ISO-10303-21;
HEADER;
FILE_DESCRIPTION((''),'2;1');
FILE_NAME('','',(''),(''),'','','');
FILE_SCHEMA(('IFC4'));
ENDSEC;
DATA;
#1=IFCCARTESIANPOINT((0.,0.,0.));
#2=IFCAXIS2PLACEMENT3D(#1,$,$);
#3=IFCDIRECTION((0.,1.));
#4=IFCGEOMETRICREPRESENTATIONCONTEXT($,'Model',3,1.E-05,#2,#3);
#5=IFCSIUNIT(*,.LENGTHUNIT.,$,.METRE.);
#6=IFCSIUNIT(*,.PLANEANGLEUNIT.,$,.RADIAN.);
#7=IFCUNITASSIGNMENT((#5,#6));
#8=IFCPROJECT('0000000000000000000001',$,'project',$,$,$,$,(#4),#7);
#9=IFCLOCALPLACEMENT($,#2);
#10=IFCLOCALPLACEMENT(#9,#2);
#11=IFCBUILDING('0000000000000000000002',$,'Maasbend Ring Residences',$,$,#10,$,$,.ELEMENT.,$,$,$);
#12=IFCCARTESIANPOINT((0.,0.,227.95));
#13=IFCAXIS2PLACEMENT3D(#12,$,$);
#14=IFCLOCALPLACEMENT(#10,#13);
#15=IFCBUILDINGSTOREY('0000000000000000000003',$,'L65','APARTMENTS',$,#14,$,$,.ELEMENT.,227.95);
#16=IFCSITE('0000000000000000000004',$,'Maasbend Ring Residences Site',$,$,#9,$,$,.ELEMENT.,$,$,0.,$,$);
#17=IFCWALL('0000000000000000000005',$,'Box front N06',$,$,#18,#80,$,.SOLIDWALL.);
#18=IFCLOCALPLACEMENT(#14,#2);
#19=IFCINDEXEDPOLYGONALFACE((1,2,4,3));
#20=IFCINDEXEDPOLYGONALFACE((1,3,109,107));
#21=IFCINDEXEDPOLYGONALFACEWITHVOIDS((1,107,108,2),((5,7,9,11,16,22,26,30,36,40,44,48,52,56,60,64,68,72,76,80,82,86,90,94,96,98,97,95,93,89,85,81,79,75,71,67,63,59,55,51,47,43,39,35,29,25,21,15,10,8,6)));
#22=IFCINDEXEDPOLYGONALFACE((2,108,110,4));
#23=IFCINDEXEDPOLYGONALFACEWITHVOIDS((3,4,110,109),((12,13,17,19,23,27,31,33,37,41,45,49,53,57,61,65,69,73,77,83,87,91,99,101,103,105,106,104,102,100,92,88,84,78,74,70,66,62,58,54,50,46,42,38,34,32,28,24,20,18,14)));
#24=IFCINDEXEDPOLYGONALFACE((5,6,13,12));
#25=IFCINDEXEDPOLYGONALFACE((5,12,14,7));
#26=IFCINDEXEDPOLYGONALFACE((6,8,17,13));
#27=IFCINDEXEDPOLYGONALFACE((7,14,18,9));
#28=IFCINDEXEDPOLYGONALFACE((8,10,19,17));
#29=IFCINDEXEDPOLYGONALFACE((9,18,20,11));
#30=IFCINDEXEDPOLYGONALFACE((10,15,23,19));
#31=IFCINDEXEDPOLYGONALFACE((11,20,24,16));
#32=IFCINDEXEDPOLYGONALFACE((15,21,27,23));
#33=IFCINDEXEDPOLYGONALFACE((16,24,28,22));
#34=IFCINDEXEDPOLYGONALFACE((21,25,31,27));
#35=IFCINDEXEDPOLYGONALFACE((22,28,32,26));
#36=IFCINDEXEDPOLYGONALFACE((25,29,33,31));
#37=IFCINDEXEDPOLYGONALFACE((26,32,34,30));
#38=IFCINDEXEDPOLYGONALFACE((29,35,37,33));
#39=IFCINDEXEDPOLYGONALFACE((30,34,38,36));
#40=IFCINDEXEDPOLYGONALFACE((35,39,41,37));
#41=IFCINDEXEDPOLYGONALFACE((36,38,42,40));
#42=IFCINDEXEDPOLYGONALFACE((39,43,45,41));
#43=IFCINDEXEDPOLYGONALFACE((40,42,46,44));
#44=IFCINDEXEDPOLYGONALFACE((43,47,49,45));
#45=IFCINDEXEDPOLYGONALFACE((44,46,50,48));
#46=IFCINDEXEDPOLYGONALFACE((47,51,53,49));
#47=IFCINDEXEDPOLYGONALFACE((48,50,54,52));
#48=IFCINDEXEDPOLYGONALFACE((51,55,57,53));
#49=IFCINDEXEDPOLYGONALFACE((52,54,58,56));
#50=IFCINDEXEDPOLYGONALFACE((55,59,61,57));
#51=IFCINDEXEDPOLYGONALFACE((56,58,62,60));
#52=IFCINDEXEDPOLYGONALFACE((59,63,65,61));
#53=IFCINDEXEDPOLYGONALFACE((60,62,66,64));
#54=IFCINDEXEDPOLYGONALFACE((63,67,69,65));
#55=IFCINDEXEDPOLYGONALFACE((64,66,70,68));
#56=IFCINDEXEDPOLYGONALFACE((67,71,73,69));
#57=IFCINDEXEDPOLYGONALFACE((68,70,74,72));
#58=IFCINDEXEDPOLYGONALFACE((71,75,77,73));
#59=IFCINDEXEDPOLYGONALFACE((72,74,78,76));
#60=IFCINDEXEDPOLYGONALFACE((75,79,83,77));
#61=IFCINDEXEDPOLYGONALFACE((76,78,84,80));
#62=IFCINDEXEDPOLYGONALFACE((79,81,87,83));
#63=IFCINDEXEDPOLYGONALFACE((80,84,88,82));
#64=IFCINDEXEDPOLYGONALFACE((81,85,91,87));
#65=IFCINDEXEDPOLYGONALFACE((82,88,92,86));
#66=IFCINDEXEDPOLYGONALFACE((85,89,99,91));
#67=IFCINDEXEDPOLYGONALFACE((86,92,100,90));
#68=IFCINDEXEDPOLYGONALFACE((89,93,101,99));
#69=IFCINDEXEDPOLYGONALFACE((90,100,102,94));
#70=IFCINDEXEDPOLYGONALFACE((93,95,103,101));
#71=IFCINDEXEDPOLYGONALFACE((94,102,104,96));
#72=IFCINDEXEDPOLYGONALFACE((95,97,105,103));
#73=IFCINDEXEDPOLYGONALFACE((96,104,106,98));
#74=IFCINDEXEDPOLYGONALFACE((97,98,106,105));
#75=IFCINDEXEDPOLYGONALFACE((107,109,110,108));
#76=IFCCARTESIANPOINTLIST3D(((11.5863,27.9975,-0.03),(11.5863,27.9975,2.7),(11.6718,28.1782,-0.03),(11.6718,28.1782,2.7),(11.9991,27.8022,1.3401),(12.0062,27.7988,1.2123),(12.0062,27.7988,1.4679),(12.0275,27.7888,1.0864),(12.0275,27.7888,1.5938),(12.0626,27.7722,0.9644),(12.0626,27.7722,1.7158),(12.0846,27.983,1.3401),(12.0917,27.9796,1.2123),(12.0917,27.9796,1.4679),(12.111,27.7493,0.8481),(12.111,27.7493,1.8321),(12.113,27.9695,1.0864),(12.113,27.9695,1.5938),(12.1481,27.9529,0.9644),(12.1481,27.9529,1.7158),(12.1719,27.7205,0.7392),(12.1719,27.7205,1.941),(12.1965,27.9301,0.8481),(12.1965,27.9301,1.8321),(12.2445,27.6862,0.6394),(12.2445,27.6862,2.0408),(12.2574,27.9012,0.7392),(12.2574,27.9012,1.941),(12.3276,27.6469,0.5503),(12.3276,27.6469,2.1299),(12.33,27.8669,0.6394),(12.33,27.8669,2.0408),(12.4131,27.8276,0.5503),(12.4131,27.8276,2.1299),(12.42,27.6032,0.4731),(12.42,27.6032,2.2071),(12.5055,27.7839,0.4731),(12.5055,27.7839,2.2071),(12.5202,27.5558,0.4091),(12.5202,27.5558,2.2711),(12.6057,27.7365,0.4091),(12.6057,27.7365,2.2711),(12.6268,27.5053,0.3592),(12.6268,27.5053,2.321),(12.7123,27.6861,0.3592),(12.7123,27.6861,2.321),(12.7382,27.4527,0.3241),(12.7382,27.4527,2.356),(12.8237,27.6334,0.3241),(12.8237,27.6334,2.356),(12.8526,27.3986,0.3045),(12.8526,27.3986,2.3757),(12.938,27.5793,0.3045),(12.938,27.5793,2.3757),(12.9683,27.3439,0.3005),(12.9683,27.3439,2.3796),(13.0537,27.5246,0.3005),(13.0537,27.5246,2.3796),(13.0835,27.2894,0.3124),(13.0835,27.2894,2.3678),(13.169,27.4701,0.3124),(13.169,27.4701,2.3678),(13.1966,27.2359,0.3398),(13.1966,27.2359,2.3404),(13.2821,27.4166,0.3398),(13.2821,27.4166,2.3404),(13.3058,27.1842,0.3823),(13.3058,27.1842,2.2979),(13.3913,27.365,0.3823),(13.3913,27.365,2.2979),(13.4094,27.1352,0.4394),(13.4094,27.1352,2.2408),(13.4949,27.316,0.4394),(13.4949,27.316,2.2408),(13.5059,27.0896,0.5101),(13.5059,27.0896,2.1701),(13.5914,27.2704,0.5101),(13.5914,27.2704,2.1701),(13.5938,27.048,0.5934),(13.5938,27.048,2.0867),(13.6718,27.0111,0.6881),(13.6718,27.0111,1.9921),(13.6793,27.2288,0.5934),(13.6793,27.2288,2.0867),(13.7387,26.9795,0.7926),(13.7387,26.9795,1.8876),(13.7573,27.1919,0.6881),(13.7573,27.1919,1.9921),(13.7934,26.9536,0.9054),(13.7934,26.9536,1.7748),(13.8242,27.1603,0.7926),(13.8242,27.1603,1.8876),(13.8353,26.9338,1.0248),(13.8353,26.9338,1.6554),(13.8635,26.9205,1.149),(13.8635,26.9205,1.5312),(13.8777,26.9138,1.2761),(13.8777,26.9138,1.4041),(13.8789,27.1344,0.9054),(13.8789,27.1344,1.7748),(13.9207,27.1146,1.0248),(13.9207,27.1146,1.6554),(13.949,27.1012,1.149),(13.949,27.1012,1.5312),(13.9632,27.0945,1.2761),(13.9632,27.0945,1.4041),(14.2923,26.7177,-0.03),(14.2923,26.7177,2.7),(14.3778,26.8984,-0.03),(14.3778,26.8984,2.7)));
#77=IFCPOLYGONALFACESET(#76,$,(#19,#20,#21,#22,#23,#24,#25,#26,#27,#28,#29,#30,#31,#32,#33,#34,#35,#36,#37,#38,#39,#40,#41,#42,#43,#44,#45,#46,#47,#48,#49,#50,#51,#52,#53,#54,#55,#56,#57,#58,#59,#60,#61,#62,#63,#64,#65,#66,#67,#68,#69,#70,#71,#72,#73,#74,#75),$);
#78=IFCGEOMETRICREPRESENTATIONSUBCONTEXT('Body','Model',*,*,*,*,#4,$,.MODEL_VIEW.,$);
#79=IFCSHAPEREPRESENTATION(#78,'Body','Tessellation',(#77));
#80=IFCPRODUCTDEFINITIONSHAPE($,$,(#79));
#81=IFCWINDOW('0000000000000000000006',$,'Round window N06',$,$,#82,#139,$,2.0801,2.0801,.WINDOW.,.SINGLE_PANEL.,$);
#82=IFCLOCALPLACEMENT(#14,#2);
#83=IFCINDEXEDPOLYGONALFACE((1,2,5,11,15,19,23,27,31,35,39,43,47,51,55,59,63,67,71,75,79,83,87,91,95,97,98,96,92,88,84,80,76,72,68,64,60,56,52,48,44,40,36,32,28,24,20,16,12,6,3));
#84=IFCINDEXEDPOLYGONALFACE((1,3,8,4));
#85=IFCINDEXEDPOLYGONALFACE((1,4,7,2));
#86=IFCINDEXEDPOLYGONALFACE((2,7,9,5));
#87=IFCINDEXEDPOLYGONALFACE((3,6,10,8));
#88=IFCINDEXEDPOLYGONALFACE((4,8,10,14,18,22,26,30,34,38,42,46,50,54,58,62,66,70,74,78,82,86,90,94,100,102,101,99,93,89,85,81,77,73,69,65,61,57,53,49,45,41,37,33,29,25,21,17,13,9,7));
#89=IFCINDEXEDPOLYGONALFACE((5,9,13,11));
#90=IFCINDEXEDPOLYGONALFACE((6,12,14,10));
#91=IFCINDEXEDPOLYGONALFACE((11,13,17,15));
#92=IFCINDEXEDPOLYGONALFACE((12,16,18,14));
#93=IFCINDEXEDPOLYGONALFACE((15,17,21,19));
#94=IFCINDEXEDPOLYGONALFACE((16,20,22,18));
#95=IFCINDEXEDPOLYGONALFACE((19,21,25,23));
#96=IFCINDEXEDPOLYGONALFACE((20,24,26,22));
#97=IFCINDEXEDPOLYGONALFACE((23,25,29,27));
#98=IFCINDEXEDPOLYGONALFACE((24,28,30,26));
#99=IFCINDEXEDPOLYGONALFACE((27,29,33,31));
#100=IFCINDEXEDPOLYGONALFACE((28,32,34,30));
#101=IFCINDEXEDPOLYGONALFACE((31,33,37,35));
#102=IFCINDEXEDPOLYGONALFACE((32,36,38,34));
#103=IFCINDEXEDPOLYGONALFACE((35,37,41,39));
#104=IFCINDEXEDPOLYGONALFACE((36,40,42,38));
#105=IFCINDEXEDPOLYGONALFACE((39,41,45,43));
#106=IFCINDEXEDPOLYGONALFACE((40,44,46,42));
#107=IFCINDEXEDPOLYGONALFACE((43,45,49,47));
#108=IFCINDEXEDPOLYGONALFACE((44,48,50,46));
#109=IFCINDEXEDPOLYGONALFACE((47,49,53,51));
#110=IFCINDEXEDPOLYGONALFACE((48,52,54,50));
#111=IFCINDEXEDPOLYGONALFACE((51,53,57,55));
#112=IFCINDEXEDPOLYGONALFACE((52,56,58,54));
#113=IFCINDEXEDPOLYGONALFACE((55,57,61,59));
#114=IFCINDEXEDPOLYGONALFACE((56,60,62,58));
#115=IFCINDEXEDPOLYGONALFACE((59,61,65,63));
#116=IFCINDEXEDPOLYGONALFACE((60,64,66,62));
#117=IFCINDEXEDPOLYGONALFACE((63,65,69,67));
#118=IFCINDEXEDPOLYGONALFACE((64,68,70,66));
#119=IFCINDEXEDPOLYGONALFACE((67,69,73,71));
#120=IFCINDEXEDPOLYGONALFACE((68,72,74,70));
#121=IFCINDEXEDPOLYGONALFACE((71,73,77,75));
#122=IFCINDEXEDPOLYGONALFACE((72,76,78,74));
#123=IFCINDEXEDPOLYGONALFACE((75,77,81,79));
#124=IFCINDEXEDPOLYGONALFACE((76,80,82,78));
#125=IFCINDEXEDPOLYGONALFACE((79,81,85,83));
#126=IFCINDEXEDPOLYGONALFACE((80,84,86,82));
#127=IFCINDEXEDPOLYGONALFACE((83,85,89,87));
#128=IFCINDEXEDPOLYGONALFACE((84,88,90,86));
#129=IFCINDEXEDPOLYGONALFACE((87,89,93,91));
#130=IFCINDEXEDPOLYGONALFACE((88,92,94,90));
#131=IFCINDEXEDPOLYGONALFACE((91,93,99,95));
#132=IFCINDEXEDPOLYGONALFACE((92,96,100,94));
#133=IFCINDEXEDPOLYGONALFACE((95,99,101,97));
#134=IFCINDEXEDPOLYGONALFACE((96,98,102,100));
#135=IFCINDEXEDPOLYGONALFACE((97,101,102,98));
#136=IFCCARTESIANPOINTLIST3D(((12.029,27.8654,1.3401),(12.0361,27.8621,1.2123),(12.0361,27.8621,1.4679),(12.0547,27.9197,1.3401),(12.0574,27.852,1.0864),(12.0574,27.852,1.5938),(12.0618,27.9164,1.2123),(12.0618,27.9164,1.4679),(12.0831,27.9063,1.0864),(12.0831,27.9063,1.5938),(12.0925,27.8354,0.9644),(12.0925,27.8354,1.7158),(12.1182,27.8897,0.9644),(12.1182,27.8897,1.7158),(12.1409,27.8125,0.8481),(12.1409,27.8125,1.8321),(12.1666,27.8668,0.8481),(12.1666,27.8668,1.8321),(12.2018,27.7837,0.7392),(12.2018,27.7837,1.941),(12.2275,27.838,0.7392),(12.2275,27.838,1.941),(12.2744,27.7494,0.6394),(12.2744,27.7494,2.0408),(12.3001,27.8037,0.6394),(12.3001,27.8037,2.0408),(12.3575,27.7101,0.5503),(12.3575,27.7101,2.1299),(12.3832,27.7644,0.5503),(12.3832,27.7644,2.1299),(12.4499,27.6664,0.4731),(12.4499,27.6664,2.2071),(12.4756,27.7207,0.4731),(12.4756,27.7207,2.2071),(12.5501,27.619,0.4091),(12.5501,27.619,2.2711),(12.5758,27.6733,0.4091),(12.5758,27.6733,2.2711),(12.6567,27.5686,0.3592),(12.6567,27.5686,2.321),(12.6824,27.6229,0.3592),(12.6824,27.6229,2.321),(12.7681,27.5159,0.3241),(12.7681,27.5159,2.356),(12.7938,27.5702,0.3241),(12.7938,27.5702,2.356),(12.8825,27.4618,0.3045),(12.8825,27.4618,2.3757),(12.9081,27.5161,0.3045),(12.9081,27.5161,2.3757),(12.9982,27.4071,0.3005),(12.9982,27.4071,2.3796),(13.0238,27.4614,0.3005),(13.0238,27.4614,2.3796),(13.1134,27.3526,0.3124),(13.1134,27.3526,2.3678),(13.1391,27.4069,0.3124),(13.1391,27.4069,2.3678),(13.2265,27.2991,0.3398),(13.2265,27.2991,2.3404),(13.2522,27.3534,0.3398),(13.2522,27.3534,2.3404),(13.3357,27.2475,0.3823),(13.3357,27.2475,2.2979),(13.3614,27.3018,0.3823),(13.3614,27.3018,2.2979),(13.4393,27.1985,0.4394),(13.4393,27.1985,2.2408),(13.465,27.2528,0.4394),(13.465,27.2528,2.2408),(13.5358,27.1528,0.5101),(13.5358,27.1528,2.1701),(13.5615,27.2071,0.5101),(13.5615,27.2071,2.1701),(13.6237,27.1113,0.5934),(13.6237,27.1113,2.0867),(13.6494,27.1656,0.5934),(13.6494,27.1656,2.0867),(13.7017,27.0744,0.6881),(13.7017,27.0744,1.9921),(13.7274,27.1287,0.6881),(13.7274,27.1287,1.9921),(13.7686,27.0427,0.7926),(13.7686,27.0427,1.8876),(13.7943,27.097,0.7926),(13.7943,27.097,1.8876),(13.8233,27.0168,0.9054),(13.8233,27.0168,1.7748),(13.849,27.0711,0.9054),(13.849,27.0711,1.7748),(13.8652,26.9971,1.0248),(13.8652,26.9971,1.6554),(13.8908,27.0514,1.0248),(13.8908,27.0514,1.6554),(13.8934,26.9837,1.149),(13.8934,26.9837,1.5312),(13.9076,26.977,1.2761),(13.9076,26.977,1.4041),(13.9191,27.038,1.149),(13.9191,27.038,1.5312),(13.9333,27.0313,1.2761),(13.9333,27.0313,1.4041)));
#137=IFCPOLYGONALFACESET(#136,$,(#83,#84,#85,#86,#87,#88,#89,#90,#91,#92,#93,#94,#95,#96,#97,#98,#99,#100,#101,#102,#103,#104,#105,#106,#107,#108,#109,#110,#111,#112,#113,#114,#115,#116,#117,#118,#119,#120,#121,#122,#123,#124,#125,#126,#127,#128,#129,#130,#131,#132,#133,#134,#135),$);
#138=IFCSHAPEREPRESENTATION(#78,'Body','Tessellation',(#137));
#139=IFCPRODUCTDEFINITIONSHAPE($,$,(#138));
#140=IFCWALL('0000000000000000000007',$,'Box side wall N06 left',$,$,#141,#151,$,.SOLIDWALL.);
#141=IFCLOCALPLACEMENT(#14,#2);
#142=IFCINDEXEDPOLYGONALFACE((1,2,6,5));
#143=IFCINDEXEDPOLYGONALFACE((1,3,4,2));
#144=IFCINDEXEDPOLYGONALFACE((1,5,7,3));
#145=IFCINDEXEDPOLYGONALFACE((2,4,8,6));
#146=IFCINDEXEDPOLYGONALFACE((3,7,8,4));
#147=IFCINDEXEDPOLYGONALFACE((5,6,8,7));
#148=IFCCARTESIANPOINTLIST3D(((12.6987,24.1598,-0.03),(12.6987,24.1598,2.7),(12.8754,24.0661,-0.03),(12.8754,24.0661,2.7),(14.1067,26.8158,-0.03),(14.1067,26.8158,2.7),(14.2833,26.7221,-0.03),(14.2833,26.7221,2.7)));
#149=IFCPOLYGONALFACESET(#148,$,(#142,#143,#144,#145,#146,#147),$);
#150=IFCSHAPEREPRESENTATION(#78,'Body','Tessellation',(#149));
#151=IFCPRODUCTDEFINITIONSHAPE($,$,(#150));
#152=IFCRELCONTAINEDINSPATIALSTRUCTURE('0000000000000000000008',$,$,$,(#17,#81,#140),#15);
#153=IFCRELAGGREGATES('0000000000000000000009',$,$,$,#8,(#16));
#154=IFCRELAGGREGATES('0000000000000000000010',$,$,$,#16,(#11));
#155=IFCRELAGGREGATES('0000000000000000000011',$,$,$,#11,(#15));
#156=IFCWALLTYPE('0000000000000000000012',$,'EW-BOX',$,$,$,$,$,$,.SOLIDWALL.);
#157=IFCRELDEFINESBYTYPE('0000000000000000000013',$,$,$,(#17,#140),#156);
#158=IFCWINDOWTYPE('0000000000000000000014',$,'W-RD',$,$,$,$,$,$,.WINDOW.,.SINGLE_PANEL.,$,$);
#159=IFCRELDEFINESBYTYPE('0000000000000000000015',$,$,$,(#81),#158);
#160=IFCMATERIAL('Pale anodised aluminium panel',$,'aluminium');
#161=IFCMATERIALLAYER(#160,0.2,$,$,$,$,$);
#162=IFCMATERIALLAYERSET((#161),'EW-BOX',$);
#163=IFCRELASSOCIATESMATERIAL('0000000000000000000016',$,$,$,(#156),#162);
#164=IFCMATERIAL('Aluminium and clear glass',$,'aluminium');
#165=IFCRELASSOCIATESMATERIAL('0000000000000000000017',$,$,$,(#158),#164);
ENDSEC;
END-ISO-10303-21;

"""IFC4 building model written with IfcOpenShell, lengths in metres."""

from ifc_helpers import new_model, si_unit, direction, frame, frame_2d, origin, place, context, subcontext, project, spatial, rectangle, circle, extrude, material, layer, layer_set, type_object, element, fill, save


model = new_model("IFC4")

# Units and contexts
model_context = context("Model", 3, precision=1e-05, world=origin(), true_north=direction((0.0, 1.0)))
body_context = subcontext(model_context, "Body", "Model", "MODEL_VIEW")
ifc_project = project(units=[si_unit("LENGTHUNIT", "METRE"), si_unit("PLANEANGLEUNIT", "RADIAN")], contexts=[model_context])

# Site, building, storey
site_placement = place(None, origin())
site = spatial("IfcSite", under=ifc_project, at=site_placement, Name="Maasbend Ring Residences Site", CompositionType="ELEMENT", RefElevation=0.0)
building_placement = place(site_placement, origin())
building = spatial("IfcBuilding", under=site, at=building_placement, Name="Maasbend Ring Residences", CompositionType="ELEMENT")
storey_placement = place(building_placement, frame((0.0, 0.0, 227.95)))
storey = spatial("IfcBuildingStorey", under=building, at=storey_placement, Name="L65", Description="APARTMENTS", CompositionType="ELEMENT", Elevation=227.95)

# Shared definitions
ifc_material_1 = material(Name="Pale anodised aluminium panel", Category="aluminium")
ifc_layer_1 = layer(ifc_material_1, 0.2)
ifc_layer_set_1 = layer_set([ifc_layer_1], Name="EW-BOX")
wall_type_1 = type_object("IfcWallType", Name="EW-BOX", PredefinedType="SOLIDWALL", material=ifc_layer_set_1)
ifc_material_2 = material(Name="Aluminium and clear glass", Category="aluminium")
window_type_1 = type_object("IfcWindowType", Name="W-RD", PartitioningType="SINGLE_PANEL", PredefinedType="WINDOW", material=ifc_material_2)

# Wall, opening, window
wall_1_placement = place(storey_placement, frame((14.335, 26.8081, -0.03), z_axis=(0.0, 0.0, 1.0), x_axis=(-0.904, 0.427532, 0.0)))
wall_1 = element("IfcWall", 1, at=wall_1_placement, inside=storey, type_object=wall_type_1, Name="Box front N06", PredefinedType="SOLIDWALL", context=body_context, shape_type="SweptSolid", body=[
    extrude(rectangle(XDim=2.9934, YDim=0.2, at=frame_2d((1.4966, 0.0))), origin(), (0.0, 0.0, 1.0), 2.73),
])
opening_1_placement = place(wall_1_placement, frame((0.4565, 0.0, 0.3301)))
opening_1 = element("IfcOpeningElement", 2, at=opening_1_placement, cuts=wall_1, PredefinedType="OPENING", context=body_context, shape_type="SweptSolid", body=[
    extrude(circle(Radius=1.04, at=frame_2d((1.04, 1.04))), frame((0.0, 0.1099, 0.0), z_axis=(0.0, -1.0, 0.0), x_axis=(1.0, 0.0, 0.0)), (0.0, 0.0, 1.0), 0.22),
])
window_1_placement = place(opening_1_placement, origin())
window_1 = element("IfcWindow", 3, at=window_1_placement, inside=storey, type_object=window_type_1, Name="Round window N06", OverallHeight=2.0801, OverallWidth=2.0801, PartitioningType="SINGLE_PANEL", PredefinedType="WINDOW", context=body_context, shape_type="SweptSolid", body=[
    extrude(circle(Radius=1.04, at=frame_2d((1.04, 1.04))), frame((0.0, 0.03, 0.0), z_axis=(0.0, -1.0, 0.0), x_axis=(1.0, 0.0, 0.0)), (0.0, 0.0, 1.0), 0.0601),
])
fill(opening_1, window_1)

# Wall
wall_2_placement = place(storey_placement, frame((12.7871, 24.113, -0.03), z_axis=(0.0, 0.0, 1.0), x_axis=(0.468365, 0.883535, 0.0)))
element("IfcWall", 4, at=wall_2_placement, inside=storey, type_object=wall_type_1, Name="Box side wall N06 left", PredefinedType="SOLIDWALL", context=body_context, shape_type="SweptSolid", body=[
    extrude(rectangle(XDim=3.0061, YDim=0.2, at=frame_2d((1.5029, 0.0))), origin(), (0.0, 0.0, 1.0), 2.73),
])

save(model, "model.ifc")
